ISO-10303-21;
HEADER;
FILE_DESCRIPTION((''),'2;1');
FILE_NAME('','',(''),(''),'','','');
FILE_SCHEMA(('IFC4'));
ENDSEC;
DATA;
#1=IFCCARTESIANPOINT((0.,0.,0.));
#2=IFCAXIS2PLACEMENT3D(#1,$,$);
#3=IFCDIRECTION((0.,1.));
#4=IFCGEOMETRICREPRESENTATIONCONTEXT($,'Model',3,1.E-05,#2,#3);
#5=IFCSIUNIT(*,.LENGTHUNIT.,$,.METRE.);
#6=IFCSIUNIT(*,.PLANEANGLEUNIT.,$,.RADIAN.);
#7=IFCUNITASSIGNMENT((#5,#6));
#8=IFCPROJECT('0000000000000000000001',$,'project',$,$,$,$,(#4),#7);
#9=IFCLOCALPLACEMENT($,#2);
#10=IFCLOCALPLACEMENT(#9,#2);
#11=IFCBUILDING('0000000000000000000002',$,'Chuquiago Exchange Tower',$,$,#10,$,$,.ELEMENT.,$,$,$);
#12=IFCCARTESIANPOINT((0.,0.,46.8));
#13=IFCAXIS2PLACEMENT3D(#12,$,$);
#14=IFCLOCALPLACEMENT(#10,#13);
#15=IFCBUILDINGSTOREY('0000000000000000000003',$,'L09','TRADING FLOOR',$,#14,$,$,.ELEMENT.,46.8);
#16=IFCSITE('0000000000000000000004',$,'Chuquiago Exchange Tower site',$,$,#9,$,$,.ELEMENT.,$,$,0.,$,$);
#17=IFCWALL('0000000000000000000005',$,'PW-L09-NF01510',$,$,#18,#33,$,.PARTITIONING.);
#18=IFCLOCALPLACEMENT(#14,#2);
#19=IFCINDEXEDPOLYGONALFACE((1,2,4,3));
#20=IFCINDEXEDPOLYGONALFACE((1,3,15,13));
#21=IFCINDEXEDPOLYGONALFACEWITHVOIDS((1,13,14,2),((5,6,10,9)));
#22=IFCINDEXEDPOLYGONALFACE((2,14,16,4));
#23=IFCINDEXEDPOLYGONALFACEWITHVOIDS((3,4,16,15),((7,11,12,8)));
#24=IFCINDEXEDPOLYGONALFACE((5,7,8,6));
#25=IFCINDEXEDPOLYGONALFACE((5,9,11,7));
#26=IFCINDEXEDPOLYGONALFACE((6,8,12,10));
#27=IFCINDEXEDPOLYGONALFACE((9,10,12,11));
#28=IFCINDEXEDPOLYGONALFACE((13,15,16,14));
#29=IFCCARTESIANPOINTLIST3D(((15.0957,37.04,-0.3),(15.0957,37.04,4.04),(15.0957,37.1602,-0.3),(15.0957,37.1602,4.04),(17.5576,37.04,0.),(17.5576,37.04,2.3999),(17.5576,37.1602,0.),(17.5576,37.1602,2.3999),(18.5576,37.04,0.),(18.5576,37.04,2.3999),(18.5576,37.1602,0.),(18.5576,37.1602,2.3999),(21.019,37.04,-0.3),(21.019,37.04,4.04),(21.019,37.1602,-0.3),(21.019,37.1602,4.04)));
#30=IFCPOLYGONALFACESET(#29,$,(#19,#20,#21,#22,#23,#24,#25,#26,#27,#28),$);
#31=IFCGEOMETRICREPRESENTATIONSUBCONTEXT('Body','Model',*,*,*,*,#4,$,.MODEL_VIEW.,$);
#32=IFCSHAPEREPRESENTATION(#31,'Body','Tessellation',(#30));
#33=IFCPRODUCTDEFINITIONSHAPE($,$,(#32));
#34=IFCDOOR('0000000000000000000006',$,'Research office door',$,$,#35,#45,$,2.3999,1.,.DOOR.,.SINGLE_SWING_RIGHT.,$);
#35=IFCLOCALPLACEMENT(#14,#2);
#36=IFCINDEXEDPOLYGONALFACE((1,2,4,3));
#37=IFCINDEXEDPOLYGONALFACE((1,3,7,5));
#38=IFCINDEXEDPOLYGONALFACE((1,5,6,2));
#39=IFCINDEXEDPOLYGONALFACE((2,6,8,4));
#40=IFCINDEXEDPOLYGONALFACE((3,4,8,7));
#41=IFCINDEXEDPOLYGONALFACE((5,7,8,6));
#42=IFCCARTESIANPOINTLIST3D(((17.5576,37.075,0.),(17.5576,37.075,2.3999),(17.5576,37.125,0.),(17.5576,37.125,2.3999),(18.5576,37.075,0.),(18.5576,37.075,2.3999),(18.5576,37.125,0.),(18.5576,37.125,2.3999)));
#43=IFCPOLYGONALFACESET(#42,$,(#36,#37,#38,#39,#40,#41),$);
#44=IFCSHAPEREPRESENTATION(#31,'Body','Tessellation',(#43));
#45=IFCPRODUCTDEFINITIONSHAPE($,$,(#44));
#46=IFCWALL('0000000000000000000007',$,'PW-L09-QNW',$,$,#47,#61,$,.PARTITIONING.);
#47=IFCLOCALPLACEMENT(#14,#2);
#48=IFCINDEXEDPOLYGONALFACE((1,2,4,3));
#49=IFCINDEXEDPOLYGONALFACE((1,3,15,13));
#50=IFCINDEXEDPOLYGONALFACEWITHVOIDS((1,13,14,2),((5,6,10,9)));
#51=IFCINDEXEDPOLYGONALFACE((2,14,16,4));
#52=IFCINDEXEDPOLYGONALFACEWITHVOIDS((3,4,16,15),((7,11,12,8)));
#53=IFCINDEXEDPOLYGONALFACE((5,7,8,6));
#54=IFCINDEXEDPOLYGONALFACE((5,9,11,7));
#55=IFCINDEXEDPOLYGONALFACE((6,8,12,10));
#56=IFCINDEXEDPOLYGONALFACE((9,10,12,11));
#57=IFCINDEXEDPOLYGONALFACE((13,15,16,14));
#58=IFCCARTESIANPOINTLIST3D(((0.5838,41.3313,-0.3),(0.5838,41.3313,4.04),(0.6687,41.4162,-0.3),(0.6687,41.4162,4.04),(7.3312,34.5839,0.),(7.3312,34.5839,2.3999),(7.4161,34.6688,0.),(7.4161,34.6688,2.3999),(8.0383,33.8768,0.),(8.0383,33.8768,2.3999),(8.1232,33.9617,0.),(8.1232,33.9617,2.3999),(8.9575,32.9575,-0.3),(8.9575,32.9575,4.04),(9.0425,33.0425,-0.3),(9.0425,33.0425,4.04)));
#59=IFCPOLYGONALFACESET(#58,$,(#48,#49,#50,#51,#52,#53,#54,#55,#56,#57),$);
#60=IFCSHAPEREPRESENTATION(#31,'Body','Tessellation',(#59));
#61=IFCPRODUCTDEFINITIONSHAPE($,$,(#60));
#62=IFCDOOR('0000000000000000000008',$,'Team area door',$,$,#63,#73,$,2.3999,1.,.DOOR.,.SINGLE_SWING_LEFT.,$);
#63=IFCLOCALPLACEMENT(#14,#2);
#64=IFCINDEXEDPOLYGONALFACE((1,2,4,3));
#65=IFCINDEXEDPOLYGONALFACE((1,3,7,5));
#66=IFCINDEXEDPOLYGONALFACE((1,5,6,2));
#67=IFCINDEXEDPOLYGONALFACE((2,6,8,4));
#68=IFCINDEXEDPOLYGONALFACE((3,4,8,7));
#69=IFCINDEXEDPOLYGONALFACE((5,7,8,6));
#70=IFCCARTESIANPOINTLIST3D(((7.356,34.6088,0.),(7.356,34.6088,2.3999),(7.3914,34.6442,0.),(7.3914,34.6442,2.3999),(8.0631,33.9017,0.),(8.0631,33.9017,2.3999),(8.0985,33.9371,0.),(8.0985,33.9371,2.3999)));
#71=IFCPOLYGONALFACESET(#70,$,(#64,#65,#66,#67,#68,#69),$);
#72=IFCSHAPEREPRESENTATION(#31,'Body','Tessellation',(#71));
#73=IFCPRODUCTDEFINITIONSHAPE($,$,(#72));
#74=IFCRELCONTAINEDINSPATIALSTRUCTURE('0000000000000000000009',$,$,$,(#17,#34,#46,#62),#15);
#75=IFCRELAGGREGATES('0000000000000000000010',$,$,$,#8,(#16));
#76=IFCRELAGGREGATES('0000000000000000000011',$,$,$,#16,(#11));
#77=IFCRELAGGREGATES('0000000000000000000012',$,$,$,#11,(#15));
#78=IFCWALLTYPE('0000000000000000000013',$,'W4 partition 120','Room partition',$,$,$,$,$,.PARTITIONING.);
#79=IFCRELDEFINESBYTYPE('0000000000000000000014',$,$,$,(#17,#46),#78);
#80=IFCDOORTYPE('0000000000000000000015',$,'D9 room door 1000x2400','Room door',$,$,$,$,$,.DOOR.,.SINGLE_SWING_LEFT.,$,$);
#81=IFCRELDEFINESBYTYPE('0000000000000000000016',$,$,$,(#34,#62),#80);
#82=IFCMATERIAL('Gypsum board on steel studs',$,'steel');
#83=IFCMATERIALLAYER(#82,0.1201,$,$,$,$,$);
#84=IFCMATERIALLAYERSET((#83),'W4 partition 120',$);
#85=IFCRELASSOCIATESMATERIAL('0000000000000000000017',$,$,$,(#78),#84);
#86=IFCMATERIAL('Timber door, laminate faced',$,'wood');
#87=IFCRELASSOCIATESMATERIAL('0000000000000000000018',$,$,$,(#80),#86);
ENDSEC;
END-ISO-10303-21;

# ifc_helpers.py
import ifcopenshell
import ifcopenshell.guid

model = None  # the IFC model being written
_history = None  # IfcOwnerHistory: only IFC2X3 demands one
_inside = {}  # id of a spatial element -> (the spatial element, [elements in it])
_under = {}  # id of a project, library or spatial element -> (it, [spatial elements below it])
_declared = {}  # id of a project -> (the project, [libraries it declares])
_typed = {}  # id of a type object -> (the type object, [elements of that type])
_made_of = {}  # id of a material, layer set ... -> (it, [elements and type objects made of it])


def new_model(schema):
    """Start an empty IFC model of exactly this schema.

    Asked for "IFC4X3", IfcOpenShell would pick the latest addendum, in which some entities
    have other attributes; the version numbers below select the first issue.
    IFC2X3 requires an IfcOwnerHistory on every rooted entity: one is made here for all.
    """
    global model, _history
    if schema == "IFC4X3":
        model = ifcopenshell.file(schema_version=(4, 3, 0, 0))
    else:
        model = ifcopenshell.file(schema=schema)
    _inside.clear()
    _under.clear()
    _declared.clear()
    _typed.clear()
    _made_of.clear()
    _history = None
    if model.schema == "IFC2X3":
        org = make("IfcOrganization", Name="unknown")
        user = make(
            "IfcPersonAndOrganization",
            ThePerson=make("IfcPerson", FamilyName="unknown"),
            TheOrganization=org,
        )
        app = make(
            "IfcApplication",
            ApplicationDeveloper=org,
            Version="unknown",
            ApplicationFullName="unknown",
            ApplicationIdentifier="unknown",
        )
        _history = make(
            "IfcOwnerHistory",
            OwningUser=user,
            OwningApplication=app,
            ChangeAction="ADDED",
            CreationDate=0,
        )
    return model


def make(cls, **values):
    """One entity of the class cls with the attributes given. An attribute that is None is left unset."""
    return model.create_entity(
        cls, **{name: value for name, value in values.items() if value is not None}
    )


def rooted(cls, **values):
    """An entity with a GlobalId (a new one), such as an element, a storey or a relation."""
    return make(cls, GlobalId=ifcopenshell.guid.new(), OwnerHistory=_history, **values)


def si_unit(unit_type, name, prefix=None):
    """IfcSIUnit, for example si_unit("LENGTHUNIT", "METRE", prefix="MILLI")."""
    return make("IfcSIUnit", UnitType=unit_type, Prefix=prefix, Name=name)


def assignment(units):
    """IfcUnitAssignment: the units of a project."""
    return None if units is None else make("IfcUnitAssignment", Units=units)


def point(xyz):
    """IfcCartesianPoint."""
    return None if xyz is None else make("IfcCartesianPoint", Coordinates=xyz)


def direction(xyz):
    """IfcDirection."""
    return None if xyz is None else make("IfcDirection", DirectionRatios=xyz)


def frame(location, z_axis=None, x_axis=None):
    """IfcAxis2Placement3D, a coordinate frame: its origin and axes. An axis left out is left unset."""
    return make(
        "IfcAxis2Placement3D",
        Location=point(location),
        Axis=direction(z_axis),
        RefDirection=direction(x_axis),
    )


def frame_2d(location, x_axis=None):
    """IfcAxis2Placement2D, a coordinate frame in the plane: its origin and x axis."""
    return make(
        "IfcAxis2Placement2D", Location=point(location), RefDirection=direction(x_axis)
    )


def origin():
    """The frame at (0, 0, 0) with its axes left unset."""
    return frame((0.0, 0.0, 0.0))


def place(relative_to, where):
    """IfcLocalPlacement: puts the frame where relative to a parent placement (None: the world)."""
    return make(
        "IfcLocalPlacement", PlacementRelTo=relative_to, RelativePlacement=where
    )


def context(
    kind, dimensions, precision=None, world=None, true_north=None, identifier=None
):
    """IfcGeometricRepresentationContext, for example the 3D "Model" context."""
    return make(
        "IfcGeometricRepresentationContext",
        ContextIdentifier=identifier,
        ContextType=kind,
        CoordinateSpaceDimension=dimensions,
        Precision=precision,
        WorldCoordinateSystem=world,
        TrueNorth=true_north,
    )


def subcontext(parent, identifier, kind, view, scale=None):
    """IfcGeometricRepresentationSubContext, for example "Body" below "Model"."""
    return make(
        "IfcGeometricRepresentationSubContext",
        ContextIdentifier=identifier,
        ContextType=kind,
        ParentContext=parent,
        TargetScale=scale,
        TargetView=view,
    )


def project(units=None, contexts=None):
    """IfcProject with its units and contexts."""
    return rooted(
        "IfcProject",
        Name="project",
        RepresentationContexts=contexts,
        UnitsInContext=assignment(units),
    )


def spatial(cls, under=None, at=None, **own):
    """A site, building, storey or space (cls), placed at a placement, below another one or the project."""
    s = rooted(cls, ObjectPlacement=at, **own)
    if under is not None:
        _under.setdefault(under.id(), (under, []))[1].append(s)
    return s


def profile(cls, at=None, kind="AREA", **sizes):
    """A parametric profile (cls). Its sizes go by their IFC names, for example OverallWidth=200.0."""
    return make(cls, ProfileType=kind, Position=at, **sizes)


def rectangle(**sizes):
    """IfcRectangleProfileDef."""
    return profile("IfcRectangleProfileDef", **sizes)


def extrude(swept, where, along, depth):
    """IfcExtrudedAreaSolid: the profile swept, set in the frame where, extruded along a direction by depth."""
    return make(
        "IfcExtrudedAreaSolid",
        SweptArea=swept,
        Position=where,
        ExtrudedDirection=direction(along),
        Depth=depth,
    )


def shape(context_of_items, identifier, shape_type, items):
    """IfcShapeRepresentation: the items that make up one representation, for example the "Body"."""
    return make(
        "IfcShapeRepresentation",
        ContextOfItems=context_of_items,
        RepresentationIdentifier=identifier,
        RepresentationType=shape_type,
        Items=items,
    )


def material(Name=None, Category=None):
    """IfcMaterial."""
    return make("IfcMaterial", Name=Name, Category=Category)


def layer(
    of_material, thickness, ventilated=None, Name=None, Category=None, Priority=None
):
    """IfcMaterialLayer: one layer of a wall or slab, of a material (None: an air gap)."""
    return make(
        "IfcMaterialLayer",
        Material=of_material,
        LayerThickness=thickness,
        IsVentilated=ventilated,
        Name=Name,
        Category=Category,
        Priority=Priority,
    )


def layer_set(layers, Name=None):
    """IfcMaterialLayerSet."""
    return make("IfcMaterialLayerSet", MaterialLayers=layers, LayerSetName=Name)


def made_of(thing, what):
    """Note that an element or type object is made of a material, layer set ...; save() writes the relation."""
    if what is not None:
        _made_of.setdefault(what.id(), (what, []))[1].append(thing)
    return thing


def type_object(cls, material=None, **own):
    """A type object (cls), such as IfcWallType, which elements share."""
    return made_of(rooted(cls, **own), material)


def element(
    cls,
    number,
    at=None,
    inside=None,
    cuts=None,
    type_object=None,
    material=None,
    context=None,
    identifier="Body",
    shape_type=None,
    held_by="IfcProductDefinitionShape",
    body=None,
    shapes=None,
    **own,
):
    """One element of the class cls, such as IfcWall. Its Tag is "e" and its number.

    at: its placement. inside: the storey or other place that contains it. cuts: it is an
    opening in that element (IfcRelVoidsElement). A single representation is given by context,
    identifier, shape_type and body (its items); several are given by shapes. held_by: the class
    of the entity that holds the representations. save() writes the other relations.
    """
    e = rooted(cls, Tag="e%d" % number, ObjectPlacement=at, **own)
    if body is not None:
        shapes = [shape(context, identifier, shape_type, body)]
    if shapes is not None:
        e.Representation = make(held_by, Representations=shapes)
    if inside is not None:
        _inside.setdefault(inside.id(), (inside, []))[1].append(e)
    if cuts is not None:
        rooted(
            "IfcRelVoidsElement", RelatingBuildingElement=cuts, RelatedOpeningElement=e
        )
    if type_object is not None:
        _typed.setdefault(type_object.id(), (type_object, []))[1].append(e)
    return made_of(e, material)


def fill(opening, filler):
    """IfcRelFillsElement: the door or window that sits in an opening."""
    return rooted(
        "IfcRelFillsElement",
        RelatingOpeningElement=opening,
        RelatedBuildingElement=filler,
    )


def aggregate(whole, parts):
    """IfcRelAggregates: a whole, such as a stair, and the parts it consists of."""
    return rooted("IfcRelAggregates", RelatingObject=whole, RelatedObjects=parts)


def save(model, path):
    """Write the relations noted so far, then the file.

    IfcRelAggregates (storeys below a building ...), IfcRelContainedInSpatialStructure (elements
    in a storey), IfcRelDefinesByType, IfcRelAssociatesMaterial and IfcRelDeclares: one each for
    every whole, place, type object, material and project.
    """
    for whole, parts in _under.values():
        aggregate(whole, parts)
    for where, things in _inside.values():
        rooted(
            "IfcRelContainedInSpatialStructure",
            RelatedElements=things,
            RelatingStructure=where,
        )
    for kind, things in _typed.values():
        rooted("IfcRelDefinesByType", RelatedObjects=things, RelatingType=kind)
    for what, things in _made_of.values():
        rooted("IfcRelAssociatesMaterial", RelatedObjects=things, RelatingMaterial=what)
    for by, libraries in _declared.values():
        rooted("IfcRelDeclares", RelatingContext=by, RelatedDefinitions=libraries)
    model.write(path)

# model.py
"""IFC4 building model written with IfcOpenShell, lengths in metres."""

from ifc_helpers import new_model, si_unit, direction, frame, frame_2d, origin, place, context, subcontext, project, spatial, rectangle, extrude, material, layer, layer_set, type_object, element, fill, save


model = new_model("IFC4")

# Units and contexts
model_context = context("Model", 3, precision=1e-05, world=origin(), true_north=direction((0.0, 1.0)))
body_context = subcontext(model_context, "Body", "Model", "MODEL_VIEW")
ifc_project = project(units=[si_unit("LENGTHUNIT", "METRE"), si_unit("PLANEANGLEUNIT", "RADIAN")], contexts=[model_context])

# Site, building, storey
site_placement = place(None, origin())
site = spatial("IfcSite", under=ifc_project, at=site_placement, Name="Chuquiago Exchange Tower site", CompositionType="ELEMENT", RefElevation=0.0)
building_placement = place(site_placement, origin())
building = spatial("IfcBuilding", under=site, at=building_placement, Name="Chuquiago Exchange Tower", CompositionType="ELEMENT")
storey_placement = place(building_placement, frame((0.0, 0.0, 46.8)))
storey = spatial("IfcBuildingStorey", under=building, at=storey_placement, Name="L09", Description="TRADING FLOOR", CompositionType="ELEMENT", Elevation=46.8)

# Shared definitions
ifc_material_1 = material(Name="Gypsum board on steel studs", Category="steel")
ifc_layer_1 = layer(ifc_material_1, 0.1201)
ifc_layer_set_1 = layer_set([ifc_layer_1], Name="W4 partition 120")
wall_type_1 = type_object("IfcWallType", Name="W4 partition 120", Description="Room partition", PredefinedType="PARTITIONING", material=ifc_layer_set_1)

# Walls, openings, doors
ifc_material_2 = material(Name="Timber door, laminate faced", Category="wood")
door_type = type_object("IfcDoorType", Name="D9 room door 1000x2400", Description="Room door", OperationType="SINGLE_SWING_LEFT", PredefinedType="DOOR", material=ifc_material_2)
wall_1_placement = place(storey_placement, frame((15.0957, 37.1001, -0.3), z_axis=(0.0, 0.0, 1.0), x_axis=(1.0, 0.0, 0.0)))
wall_1 = element("IfcWall", 1, at=wall_1_placement, inside=storey, type_object=wall_type_1, Name="PW-L09-NF01510", PredefinedType="PARTITIONING", context=body_context, shape_type="SweptSolid", body=[
    extrude(rectangle(XDim=5.9233, YDim=0.1201, at=frame_2d((2.9617, 0.0))), origin(), (0.0, 0.0, 1.0), 4.3401),
])
opening_1_placement = place(wall_1_placement, frame((2.4619, 0.0, 0.3)))
opening_1 = element("IfcOpeningElement", 2, at=opening_1_placement, cuts=wall_1, PredefinedType="OPENING", context=body_context, shape_type="SweptSolid", body=[
    extrude(rectangle(XDim=1.0, YDim=2.3999, at=frame_2d((0.5, 1.2))), frame((0.0, 0.0701, 0.0), z_axis=(0.0, -1.0, 0.0), x_axis=(1.0, 0.0, 0.0)), (0.0, 0.0, 1.0), 0.1401),
])
door_1_placement = place(opening_1_placement, origin())
door_1 = element("IfcDoor", 3, at=door_1_placement, inside=storey, type_object=door_type, Name="Research office door", OperationType="SINGLE_SWING_RIGHT", OverallHeight=2.3999, OverallWidth=1.0, PredefinedType="DOOR", context=body_context, shape_type="SweptSolid", body=[
    extrude(rectangle(XDim=1.0, YDim=2.3999, at=frame_2d((0.5, 1.2))), frame((0.0, 0.0249, 0.0), z_axis=(0.0, -1.0, 0.0), x_axis=(1.0, 0.0, 0.0)), (0.0, 0.0, 1.0), 0.05),
])
fill(opening_1, door_1)
wall_2_placement = place(storey_placement, frame((9.0, 33.0, -0.3), z_axis=(0.0, 0.0, 1.0), x_axis=(-0.707107, 0.707107, 0.0)))
wall_2 = element("IfcWall", 4, at=wall_2_placement, inside=storey, type_object=wall_type_1, Name="PW-L09-QNW", PredefinedType="PARTITIONING", context=body_context, shape_type="SweptSolid", body=[
    extrude(rectangle(XDim=11.8423, YDim=0.1201, at=frame_2d((5.9211, 0.0))), origin(), (0.0, 0.0, 1.0), 4.3401),
])
opening_2_placement = place(wall_2_placement, frame((1.3, 0.0, 0.3)))
opening_2 = element("IfcOpeningElement", 5, at=opening_2_placement, cuts=wall_2, PredefinedType="OPENING", context=body_context, shape_type="SweptSolid", body=[
    extrude(rectangle(XDim=1.0, YDim=2.3999, at=frame_2d((0.5, 1.2))), frame((0.0, 0.0701, 0.0), z_axis=(0.0, -1.0, 0.0), x_axis=(1.0, 0.0, 0.0)), (0.0, 0.0, 1.0), 0.1401),
])
door_2_placement = place(opening_2_placement, origin())
door_2 = element("IfcDoor", 6, at=door_2_placement, inside=storey, type_object=door_type, Name="Team area door", OperationType="SINGLE_SWING_LEFT", OverallHeight=2.3999, OverallWidth=1.0, PredefinedType="DOOR", context=body_context, shape_type="SweptSolid", body=[
    extrude(rectangle(XDim=1.0, YDim=2.3999, at=frame_2d((0.5, 1.2))), frame((0.0, 0.0249, 0.0), z_axis=(0.0, -1.0, 0.0), x_axis=(1.0, 0.0, 0.0)), (0.0, 0.0, 1.0), 0.05),
])
fill(opening_2, door_2)

save(model, "model.ifc")
